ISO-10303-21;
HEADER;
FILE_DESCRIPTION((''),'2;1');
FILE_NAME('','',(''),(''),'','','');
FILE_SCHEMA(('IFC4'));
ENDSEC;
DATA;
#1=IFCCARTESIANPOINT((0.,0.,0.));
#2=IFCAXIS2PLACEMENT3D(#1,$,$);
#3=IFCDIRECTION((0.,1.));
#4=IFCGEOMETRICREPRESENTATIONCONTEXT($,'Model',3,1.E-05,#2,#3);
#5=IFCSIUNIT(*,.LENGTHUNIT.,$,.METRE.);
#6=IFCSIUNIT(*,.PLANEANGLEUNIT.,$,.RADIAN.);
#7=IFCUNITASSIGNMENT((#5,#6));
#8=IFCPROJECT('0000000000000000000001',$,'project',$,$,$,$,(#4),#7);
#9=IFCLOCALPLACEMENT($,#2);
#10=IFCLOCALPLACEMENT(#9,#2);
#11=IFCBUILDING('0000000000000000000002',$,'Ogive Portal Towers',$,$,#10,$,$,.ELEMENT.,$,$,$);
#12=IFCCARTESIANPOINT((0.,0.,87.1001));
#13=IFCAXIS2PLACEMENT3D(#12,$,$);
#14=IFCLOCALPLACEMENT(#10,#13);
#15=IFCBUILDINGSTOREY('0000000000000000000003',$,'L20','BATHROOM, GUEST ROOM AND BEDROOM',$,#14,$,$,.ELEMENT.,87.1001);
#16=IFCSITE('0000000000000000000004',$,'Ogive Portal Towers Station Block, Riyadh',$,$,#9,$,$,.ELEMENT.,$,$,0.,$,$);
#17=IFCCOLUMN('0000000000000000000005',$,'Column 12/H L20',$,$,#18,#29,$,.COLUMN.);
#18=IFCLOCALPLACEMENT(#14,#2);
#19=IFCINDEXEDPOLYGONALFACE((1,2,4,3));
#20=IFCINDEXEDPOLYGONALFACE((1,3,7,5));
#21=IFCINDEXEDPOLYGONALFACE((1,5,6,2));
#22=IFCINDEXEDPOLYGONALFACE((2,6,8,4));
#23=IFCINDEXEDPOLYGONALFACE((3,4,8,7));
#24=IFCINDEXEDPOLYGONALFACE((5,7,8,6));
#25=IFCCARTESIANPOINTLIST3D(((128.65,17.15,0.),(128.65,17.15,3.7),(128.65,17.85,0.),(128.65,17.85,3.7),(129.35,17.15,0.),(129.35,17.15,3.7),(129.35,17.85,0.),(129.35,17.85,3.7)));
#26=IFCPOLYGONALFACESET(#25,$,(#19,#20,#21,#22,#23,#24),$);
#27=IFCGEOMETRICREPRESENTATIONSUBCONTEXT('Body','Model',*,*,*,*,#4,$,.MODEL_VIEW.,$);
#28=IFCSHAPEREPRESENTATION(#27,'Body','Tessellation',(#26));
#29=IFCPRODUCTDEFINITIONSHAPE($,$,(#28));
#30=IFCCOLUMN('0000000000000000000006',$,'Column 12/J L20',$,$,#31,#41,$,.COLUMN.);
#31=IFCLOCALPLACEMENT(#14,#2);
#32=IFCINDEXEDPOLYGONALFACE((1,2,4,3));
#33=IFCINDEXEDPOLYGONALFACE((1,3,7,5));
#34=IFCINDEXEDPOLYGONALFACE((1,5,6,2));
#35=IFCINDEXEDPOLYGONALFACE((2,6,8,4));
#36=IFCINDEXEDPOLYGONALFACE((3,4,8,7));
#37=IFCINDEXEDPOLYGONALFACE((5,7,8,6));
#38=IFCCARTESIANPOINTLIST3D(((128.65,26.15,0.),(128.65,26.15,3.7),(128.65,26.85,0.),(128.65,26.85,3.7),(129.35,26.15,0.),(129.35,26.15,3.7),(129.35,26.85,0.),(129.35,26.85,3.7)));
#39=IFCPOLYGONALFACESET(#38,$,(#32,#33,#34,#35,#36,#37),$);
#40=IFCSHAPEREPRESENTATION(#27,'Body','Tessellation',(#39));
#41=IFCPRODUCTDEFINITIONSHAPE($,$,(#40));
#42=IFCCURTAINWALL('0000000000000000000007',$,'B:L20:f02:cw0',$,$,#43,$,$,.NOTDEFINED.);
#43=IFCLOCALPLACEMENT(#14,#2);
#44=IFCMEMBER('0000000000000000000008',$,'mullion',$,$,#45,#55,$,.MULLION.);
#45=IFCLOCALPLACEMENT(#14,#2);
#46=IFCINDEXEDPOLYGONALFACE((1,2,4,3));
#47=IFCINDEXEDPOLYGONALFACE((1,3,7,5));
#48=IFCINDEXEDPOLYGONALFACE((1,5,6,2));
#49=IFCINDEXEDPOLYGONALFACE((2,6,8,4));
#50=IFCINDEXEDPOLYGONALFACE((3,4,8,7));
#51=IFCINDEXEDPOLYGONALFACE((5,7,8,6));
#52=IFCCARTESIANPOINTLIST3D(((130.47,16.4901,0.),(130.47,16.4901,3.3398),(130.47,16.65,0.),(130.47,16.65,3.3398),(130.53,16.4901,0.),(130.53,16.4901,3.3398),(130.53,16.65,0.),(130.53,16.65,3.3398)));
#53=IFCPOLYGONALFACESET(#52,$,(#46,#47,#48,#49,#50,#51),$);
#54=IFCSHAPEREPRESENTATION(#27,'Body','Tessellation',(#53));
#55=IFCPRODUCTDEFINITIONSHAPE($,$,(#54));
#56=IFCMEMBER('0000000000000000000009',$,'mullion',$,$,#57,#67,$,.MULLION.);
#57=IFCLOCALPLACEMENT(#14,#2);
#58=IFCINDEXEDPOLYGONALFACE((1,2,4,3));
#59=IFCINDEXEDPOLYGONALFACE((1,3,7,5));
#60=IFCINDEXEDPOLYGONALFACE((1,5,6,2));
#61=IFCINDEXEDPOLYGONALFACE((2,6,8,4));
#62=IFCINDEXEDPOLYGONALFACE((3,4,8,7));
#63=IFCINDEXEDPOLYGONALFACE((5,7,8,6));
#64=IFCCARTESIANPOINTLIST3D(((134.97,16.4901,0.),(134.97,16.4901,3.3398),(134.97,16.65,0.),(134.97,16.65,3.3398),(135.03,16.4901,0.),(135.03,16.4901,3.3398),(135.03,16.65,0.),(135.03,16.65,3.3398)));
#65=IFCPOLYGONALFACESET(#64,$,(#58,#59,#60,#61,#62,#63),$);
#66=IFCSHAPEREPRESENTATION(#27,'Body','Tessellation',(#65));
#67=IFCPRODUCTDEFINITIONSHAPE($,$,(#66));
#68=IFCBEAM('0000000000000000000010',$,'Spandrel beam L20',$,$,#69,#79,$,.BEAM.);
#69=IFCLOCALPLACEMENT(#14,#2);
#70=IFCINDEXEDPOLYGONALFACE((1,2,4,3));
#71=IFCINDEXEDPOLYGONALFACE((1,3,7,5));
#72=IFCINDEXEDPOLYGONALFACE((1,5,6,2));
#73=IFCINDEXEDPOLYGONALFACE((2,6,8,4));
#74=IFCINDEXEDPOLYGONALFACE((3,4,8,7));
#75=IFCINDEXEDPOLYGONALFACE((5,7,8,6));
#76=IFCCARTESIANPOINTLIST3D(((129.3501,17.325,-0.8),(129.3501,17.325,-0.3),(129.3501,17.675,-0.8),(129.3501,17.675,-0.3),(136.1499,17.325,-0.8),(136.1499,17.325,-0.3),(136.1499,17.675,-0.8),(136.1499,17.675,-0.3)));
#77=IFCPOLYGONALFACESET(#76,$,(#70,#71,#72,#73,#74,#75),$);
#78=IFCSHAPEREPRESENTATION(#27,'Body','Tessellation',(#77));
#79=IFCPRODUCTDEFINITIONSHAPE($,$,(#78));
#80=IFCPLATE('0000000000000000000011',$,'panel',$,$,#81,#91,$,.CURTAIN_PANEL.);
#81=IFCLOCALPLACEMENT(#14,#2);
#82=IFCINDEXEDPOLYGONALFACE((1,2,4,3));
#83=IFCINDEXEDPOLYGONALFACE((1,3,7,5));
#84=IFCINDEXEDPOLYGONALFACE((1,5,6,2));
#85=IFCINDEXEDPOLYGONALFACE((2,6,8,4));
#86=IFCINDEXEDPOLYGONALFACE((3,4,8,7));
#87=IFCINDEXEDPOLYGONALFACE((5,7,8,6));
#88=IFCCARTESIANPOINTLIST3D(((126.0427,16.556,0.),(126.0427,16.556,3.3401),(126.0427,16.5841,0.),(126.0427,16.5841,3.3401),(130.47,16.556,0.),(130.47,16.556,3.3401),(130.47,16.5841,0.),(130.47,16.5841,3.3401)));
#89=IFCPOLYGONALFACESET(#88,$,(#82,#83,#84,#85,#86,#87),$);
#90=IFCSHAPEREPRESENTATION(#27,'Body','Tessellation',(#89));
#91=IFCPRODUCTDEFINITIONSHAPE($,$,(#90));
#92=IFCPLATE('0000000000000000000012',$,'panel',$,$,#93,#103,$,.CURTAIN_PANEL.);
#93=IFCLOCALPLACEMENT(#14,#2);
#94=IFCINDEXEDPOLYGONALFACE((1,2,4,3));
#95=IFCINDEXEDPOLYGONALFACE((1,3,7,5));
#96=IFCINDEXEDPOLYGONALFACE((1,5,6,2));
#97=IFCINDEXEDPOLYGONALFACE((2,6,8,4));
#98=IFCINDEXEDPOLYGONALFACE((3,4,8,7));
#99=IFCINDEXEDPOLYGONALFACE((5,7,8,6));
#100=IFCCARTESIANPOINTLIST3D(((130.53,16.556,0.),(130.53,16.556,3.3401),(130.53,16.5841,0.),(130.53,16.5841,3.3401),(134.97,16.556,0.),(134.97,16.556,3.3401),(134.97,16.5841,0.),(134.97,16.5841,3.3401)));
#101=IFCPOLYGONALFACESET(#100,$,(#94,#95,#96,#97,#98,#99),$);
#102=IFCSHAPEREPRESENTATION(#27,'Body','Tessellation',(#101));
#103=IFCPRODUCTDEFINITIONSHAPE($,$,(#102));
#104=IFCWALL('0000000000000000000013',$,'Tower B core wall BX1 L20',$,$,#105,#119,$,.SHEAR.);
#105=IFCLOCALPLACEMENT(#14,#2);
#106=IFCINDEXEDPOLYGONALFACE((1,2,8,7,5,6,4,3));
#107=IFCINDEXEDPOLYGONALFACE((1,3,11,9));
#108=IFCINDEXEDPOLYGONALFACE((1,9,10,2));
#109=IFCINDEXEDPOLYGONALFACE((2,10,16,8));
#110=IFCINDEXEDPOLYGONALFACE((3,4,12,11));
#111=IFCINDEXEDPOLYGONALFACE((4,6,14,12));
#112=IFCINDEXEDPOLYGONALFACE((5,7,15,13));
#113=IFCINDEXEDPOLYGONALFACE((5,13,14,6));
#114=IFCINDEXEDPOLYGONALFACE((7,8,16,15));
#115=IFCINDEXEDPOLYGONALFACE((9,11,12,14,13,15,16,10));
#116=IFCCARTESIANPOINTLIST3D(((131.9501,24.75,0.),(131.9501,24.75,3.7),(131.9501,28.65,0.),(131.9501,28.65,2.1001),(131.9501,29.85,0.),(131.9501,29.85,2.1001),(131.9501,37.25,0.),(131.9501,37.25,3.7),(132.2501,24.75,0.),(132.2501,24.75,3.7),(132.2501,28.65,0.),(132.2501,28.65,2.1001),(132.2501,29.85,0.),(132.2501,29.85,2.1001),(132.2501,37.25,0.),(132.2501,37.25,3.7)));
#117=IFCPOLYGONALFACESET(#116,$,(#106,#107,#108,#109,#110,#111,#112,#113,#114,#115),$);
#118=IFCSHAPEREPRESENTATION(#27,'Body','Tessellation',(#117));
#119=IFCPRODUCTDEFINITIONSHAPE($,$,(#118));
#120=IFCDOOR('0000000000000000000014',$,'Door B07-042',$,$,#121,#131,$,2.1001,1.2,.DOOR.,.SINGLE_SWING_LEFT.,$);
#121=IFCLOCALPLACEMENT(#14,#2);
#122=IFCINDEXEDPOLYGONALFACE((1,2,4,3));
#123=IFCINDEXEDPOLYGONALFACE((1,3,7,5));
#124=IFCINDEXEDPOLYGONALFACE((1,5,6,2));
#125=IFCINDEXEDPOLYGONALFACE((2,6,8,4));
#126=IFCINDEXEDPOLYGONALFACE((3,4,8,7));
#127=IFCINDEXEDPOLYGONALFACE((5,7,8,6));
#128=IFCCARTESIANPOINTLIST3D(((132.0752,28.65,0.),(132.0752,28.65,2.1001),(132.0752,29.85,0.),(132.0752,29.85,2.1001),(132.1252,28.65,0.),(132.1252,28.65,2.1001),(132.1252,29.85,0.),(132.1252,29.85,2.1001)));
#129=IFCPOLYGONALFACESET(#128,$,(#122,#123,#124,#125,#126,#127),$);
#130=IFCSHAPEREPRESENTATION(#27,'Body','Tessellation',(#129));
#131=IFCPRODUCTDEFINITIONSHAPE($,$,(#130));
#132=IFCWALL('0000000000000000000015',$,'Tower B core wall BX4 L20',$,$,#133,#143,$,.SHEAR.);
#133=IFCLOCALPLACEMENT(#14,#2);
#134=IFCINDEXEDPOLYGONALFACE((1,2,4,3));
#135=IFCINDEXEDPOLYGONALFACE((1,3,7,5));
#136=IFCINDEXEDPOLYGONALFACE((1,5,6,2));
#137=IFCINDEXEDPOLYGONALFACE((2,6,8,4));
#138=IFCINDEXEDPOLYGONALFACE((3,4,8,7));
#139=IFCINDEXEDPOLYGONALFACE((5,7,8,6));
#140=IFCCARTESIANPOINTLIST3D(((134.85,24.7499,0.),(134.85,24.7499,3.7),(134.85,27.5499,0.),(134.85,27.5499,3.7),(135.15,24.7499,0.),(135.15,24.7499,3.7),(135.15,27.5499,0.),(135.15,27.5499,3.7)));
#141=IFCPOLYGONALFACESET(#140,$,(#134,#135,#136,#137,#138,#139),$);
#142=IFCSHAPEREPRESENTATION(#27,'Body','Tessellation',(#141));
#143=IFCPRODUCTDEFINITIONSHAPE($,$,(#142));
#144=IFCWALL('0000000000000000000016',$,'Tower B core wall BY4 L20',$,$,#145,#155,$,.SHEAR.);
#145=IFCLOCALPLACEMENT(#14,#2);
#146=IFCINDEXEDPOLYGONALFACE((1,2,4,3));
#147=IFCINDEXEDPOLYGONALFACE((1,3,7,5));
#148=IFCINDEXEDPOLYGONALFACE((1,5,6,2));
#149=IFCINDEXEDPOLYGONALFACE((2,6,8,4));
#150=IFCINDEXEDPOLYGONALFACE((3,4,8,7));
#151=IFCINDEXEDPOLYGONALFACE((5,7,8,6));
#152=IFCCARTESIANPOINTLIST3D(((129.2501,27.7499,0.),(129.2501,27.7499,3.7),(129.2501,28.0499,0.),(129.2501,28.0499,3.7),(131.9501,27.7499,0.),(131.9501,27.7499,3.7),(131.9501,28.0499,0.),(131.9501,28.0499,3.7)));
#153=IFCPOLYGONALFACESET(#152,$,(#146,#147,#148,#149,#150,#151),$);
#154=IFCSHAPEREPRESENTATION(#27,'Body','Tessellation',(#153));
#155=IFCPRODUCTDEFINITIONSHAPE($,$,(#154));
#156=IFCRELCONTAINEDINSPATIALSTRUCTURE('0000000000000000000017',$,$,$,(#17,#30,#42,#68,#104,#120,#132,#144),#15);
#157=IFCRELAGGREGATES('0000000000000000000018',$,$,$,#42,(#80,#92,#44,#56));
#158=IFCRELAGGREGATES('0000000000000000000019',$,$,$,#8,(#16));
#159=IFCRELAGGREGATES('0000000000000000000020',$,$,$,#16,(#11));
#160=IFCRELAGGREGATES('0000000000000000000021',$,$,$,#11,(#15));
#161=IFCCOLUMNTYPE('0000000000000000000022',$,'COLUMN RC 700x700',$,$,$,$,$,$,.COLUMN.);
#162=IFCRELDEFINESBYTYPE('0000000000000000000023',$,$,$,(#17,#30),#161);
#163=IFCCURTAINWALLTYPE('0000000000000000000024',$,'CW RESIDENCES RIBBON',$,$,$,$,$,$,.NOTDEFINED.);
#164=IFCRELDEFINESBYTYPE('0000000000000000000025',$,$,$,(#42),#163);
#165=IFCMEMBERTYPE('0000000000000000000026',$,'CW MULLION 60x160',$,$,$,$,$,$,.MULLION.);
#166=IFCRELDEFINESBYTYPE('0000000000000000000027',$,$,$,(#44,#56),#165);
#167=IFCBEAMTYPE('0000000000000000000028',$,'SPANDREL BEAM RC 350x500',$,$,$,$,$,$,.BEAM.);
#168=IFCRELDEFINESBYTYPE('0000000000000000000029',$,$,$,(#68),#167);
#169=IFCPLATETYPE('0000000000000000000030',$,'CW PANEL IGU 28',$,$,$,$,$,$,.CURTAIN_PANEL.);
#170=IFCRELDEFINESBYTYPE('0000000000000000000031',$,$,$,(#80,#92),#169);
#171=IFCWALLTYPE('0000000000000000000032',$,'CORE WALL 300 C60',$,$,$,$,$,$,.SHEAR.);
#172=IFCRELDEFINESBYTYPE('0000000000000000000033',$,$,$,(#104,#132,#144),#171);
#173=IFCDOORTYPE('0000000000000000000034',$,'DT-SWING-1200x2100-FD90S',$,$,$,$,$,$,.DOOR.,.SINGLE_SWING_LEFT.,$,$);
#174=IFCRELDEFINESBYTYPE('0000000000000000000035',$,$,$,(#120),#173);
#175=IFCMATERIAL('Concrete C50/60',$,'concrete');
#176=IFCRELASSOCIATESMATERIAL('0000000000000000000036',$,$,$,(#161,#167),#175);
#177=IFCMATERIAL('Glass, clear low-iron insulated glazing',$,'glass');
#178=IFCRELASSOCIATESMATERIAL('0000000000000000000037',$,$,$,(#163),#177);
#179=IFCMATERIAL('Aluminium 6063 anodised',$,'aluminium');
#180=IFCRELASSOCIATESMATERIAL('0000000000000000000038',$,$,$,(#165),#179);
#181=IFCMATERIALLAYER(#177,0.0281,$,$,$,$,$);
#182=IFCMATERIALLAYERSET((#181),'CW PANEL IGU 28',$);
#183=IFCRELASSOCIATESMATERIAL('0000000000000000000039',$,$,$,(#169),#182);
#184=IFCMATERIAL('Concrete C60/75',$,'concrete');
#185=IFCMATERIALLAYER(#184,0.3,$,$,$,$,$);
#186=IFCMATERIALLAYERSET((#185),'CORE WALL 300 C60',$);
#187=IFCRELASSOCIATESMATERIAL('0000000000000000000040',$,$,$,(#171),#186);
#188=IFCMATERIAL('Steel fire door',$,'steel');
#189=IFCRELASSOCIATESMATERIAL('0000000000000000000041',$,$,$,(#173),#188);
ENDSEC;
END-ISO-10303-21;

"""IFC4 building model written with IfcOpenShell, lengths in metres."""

from ifc_helpers import new_model, si_unit, direction, frame, frame_2d, origin, origin_2d, place, context, subcontext, project, spatial, rectangle, extrude, material, layer, layer_set, material_profile, profile_set, type_object, element, fill, aggregate, save


model = new_model("IFC4")

# Units and contexts
model_context = context("Model", 3, precision=1e-05, world=origin(), true_north=direction((0.0, 1.0)))
body_context = subcontext(model_context, "Body", "Model", "MODEL_VIEW")
ifc_project = project(units=[si_unit("LENGTHUNIT", "METRE"), si_unit("PLANEANGLEUNIT", "RADIAN")], contexts=[model_context])

# Site, building, storey
site_placement = place(None, origin())
site = spatial("IfcSite", under=ifc_project, at=site_placement, Name="Ogive Portal Towers Station Block, Riyadh", CompositionType="ELEMENT", RefElevation=0.0)
building_placement = place(site_placement, origin())
building = spatial("IfcBuilding", under=site, at=building_placement, Name="Ogive Portal Towers", CompositionType="ELEMENT")
storey_placement = place(building_placement, frame((0.0, 0.0, 87.1001)))
storey = spatial("IfcBuildingStorey", under=building, at=storey_placement, Name="L20", Description="BATHROOM, GUEST ROOM AND BEDROOM", CompositionType="ELEMENT", Elevation=87.1001)

# Columns
ifc_material_1 = material(Name="Concrete C50/60", Category="concrete")
ifc_material_profile_1 = material_profile(ifc_material_1, rectangle(XDim=0.7, YDim=0.7, at=origin_2d()), Name="RC 700x700")
ifc_profile_set_1 = profile_set([ifc_material_profile_1], Name="Concrete C50/60")
column_type = type_object("IfcColumnType", Name="COLUMN RC 700x700", PredefinedType="COLUMN", material=ifc_profile_set_1)
for number, where, z_axis, x_axis, name in (
    (1, (129.0, 17.5, 0.0), (0.0, 0.0, 1.0), (1.0, 0.0, 0.0), "Column 12/H L20"),
    (2, (129.0, 26.5, 0.0), (0.0, 0.0, 1.0), (1.0, 0.0, 0.0), "Column 12/J L20"),
):
    element("IfcColumn", number, at=place(storey_placement, frame(where, z_axis=z_axis, x_axis=x_axis)), inside=storey, type_object=column_type, Name=name, PredefinedType="COLUMN", context=body_context, shape_type="SweptSolid", body=[
        extrude(rectangle(XDim=0.7, YDim=0.7, at=origin_2d()), origin(), (0.0, 0.0, 1.0), 3.7),
    ])

# Curtain wall, members
ifc_material_2 = material(Name="Glass, clear low-iron insulated glazing", Category="glass")
curtain_wall_type = type_object("IfcCurtainWallType", Name="CW RESIDENCES RIBBON", PredefinedType="NOTDEFINED", material=ifc_material_2)
curtain_wall_placement = place(storey_placement, origin())
curtain_wall = element("IfcCurtainWall", 3, at=curtain_wall_placement, inside=storey, type_object=curtain_wall_type, Name="B:L20:f02:cw0", PredefinedType="NOTDEFINED")
ifc_material_3 = material(Name="Aluminium 6063 anodised", Category="aluminium")
ifc_material_profile_2 = material_profile(ifc_material_3, rectangle(XDim=0.1599, YDim=0.0601, at=origin_2d()), Name="AL 60x160")
ifc_profile_set_2 = profile_set([ifc_material_profile_2], Name="Aluminium 6063 anodised")
member_type = type_object("IfcMemberType", Name="CW MULLION 60x160", PredefinedType="MULLION", material=ifc_profile_set_2)
member_1_placement = place(storey_placement, frame((130.5, 16.5701, 0.0), z_axis=(0.0, 0.0, 1.0), x_axis=(0.0, 1.0, 0.0)))
member_1 = element("IfcMember", 4, at=member_1_placement, type_object=member_type, Name="mullion", PredefinedType="MULLION", context=body_context, shape_type="SweptSolid", body=[
    extrude(rectangle(XDim=0.1599, YDim=0.0601, at=origin_2d()), origin(), (0.0, 0.0, 1.0), 3.3398),
])
member_2_placement = place(storey_placement, frame((135.0, 16.5701, 0.0), z_axis=(0.0, 0.0, 1.0), x_axis=(0.0, 1.0, 0.0)))
member_2 = element("IfcMember", 5, at=member_2_placement, type_object=member_type, Name="mullion", PredefinedType="MULLION", context=body_context, shape_type="SweptSolid", body=[
    extrude(rectangle(XDim=0.1599, YDim=0.0601, at=origin_2d()), origin(), (0.0, 0.0, 1.0), 3.3398),
])

# Beam
ifc_material_profile_3 = material_profile(ifc_material_1, rectangle(XDim=0.3501, YDim=0.5, at=origin_2d()), Name="RC 350x500")
ifc_profile_set_3 = profile_set([ifc_material_profile_3], Name="Concrete C50/60")
beam_type = type_object("IfcBeamType", Name="SPANDREL BEAM RC 350x500", PredefinedType="BEAM", material=ifc_profile_set_3)
beam_placement = place(storey_placement, frame((129.3501, 17.5, -0.55), z_axis=(1.0, 0.0, 0.0), x_axis=(0.0, 1.0, 0.0)))
element("IfcBeam", 6, at=beam_placement, inside=storey, type_object=beam_type, Name="Spandrel beam L20", PredefinedType="BEAM", context=body_context, shape_type="SweptSolid", body=[
    extrude(rectangle(XDim=0.3501, YDim=0.5, at=origin_2d()), origin(), (0.0, 0.0, 1.0), 6.7998),
])

# Plates
ifc_layer_1 = layer(ifc_material_2, 0.0281)
ifc_layer_set_1 = layer_set([ifc_layer_1], Name="CW PANEL IGU 28")
plate_type = type_object("IfcPlateType", Name="CW PANEL IGU 28", PredefinedType="CURTAIN_PANEL", material=ifc_layer_set_1)
plate_1_placement = place(storey_placement, frame((128.2563, 16.5701, 0.0), z_axis=(0.0, 0.0, 1.0), x_axis=(1.0, 0.0, 0.0)))
plate_1 = element("IfcPlate", 7, at=plate_1_placement, type_object=plate_type, Name="panel", PredefinedType="CURTAIN_PANEL", context=body_context, shape_type="SweptSolid", body=[
    extrude(rectangle(XDim=4.4272, YDim=0.0281, at=origin_2d()), origin(), (0.0, 0.0, 1.0), 3.3401),
])
plate_2_placement = place(storey_placement, frame((132.75, 16.5701, 0.0), z_axis=(0.0, 0.0, 1.0), x_axis=(1.0, 0.0, 0.0)))
plate_2 = element("IfcPlate", 8, at=plate_2_placement, type_object=plate_type, Name="panel", PredefinedType="CURTAIN_PANEL", context=body_context, shape_type="SweptSolid", body=[
    extrude(rectangle(XDim=4.4399, YDim=0.0281, at=origin_2d()), origin(), (0.0, 0.0, 1.0), 3.3401),
])
aggregate(curtain_wall, [plate_1, plate_2, member_1, member_2])

# Wall, opening, door
ifc_material_4 = material(Name="Concrete C60/75", Category="concrete")
ifc_layer_2 = layer(ifc_material_4, 0.3)
ifc_layer_set_2 = layer_set([ifc_layer_2], Name="CORE WALL 300 C60")
wall_type_1 = type_object("IfcWallType", Name="CORE WALL 300 C60", PredefinedType="SHEAR", material=ifc_layer_set_2)
wall_1_placement = place(storey_placement, frame((132.1001, 24.75, 0.0), z_axis=(0.0, 0.0, 1.0), x_axis=(0.0, 1.0, 0.0)))
wall_1 = element("IfcWall", 9, at=wall_1_placement, inside=storey, type_object=wall_type_1, Name="Tower B core wall BX1 L20", PredefinedType="SHEAR", context=body_context, shape_type="SweptSolid", body=[
    extrude(rectangle(XDim=12.5, YDim=0.3, at=frame_2d((6.25, 0.0))), origin(), (0.0, 0.0, 1.0), 3.7),
])
opening_1_placement = place(wall_1_placement, frame((3.8999, 0.0, 0.0)))
opening_1 = element("IfcOpeningElement", 10, at=opening_1_placement, cuts=wall_1, PredefinedType="OPENING", context=body_context, shape_type="SweptSolid", body=[
    extrude(rectangle(XDim=1.2, YDim=2.1001, at=frame_2d((0.6001, 1.05))), frame((0.0, 0.1602, 0.0), z_axis=(0.0, -1.0, 0.0), x_axis=(1.0, 0.0, 0.0)), (0.0, 0.0, 1.0), 0.3201),
])
ifc_material_5 = material(Name="Steel fire door", Category="steel")
door_type_1 = type_object("IfcDoorType", Name="DT-SWING-1200x2100-FD90S", OperationType="SINGLE_SWING_LEFT", PredefinedType="DOOR", material=ifc_material_5)
door_1_placement = place(opening_1_placement, origin())
door_1 = element("IfcDoor", 11, at=door_1_placement, inside=storey, type_object=door_type_1, Name="Door B07-042", OperationType="SINGLE_SWING_LEFT", OverallHeight=2.1001, OverallWidth=1.2, PredefinedType="DOOR", context=body_context, shape_type="SweptSolid", body=[
    extrude(rectangle(XDim=1.2, YDim=2.1001, at=frame_2d((0.6001, 1.05))), frame((0.0, 0.0249, 0.0), z_axis=(0.0, -1.0, 0.0), x_axis=(1.0, 0.0, 0.0)), (0.0, 0.0, 1.0), 0.05),
])
fill(opening_1, door_1)

# Wall
wall_2_placement = place(storey_placement, frame((135.0, 24.75, 0.0), z_axis=(0.0, 0.0, 1.0), x_axis=(0.0, 1.0, 0.0)))
element("IfcWall", 12, at=wall_2_placement, inside=storey, type_object=wall_type_1, Name="Tower B core wall BX4 L20", PredefinedType="SHEAR", context=body_context, shape_type="SweptSolid", body=[
    extrude(rectangle(XDim=2.8, YDim=0.3, at=frame_2d((1.3999, 0.0))), origin(), (0.0, 0.0, 1.0), 3.7),
])

# Wall
wall_3_placement = place(storey_placement, frame((129.25, 27.8999, 0.0), z_axis=(0.0, 0.0, 1.0), x_axis=(1.0, 0.0, 0.0)))
element("IfcWall", 13, at=wall_3_placement, inside=storey, type_object=wall_type_1, Name="Tower B core wall BY4 L20", PredefinedType="SHEAR", context=body_context, shape_type="SweptSolid", body=[
    extrude(rectangle(XDim=2.7, YDim=0.3, at=frame_2d((1.3501, 0.0))), origin(), (0.0, 0.0, 1.0), 3.7),
])

save(model, "model.ifc")
